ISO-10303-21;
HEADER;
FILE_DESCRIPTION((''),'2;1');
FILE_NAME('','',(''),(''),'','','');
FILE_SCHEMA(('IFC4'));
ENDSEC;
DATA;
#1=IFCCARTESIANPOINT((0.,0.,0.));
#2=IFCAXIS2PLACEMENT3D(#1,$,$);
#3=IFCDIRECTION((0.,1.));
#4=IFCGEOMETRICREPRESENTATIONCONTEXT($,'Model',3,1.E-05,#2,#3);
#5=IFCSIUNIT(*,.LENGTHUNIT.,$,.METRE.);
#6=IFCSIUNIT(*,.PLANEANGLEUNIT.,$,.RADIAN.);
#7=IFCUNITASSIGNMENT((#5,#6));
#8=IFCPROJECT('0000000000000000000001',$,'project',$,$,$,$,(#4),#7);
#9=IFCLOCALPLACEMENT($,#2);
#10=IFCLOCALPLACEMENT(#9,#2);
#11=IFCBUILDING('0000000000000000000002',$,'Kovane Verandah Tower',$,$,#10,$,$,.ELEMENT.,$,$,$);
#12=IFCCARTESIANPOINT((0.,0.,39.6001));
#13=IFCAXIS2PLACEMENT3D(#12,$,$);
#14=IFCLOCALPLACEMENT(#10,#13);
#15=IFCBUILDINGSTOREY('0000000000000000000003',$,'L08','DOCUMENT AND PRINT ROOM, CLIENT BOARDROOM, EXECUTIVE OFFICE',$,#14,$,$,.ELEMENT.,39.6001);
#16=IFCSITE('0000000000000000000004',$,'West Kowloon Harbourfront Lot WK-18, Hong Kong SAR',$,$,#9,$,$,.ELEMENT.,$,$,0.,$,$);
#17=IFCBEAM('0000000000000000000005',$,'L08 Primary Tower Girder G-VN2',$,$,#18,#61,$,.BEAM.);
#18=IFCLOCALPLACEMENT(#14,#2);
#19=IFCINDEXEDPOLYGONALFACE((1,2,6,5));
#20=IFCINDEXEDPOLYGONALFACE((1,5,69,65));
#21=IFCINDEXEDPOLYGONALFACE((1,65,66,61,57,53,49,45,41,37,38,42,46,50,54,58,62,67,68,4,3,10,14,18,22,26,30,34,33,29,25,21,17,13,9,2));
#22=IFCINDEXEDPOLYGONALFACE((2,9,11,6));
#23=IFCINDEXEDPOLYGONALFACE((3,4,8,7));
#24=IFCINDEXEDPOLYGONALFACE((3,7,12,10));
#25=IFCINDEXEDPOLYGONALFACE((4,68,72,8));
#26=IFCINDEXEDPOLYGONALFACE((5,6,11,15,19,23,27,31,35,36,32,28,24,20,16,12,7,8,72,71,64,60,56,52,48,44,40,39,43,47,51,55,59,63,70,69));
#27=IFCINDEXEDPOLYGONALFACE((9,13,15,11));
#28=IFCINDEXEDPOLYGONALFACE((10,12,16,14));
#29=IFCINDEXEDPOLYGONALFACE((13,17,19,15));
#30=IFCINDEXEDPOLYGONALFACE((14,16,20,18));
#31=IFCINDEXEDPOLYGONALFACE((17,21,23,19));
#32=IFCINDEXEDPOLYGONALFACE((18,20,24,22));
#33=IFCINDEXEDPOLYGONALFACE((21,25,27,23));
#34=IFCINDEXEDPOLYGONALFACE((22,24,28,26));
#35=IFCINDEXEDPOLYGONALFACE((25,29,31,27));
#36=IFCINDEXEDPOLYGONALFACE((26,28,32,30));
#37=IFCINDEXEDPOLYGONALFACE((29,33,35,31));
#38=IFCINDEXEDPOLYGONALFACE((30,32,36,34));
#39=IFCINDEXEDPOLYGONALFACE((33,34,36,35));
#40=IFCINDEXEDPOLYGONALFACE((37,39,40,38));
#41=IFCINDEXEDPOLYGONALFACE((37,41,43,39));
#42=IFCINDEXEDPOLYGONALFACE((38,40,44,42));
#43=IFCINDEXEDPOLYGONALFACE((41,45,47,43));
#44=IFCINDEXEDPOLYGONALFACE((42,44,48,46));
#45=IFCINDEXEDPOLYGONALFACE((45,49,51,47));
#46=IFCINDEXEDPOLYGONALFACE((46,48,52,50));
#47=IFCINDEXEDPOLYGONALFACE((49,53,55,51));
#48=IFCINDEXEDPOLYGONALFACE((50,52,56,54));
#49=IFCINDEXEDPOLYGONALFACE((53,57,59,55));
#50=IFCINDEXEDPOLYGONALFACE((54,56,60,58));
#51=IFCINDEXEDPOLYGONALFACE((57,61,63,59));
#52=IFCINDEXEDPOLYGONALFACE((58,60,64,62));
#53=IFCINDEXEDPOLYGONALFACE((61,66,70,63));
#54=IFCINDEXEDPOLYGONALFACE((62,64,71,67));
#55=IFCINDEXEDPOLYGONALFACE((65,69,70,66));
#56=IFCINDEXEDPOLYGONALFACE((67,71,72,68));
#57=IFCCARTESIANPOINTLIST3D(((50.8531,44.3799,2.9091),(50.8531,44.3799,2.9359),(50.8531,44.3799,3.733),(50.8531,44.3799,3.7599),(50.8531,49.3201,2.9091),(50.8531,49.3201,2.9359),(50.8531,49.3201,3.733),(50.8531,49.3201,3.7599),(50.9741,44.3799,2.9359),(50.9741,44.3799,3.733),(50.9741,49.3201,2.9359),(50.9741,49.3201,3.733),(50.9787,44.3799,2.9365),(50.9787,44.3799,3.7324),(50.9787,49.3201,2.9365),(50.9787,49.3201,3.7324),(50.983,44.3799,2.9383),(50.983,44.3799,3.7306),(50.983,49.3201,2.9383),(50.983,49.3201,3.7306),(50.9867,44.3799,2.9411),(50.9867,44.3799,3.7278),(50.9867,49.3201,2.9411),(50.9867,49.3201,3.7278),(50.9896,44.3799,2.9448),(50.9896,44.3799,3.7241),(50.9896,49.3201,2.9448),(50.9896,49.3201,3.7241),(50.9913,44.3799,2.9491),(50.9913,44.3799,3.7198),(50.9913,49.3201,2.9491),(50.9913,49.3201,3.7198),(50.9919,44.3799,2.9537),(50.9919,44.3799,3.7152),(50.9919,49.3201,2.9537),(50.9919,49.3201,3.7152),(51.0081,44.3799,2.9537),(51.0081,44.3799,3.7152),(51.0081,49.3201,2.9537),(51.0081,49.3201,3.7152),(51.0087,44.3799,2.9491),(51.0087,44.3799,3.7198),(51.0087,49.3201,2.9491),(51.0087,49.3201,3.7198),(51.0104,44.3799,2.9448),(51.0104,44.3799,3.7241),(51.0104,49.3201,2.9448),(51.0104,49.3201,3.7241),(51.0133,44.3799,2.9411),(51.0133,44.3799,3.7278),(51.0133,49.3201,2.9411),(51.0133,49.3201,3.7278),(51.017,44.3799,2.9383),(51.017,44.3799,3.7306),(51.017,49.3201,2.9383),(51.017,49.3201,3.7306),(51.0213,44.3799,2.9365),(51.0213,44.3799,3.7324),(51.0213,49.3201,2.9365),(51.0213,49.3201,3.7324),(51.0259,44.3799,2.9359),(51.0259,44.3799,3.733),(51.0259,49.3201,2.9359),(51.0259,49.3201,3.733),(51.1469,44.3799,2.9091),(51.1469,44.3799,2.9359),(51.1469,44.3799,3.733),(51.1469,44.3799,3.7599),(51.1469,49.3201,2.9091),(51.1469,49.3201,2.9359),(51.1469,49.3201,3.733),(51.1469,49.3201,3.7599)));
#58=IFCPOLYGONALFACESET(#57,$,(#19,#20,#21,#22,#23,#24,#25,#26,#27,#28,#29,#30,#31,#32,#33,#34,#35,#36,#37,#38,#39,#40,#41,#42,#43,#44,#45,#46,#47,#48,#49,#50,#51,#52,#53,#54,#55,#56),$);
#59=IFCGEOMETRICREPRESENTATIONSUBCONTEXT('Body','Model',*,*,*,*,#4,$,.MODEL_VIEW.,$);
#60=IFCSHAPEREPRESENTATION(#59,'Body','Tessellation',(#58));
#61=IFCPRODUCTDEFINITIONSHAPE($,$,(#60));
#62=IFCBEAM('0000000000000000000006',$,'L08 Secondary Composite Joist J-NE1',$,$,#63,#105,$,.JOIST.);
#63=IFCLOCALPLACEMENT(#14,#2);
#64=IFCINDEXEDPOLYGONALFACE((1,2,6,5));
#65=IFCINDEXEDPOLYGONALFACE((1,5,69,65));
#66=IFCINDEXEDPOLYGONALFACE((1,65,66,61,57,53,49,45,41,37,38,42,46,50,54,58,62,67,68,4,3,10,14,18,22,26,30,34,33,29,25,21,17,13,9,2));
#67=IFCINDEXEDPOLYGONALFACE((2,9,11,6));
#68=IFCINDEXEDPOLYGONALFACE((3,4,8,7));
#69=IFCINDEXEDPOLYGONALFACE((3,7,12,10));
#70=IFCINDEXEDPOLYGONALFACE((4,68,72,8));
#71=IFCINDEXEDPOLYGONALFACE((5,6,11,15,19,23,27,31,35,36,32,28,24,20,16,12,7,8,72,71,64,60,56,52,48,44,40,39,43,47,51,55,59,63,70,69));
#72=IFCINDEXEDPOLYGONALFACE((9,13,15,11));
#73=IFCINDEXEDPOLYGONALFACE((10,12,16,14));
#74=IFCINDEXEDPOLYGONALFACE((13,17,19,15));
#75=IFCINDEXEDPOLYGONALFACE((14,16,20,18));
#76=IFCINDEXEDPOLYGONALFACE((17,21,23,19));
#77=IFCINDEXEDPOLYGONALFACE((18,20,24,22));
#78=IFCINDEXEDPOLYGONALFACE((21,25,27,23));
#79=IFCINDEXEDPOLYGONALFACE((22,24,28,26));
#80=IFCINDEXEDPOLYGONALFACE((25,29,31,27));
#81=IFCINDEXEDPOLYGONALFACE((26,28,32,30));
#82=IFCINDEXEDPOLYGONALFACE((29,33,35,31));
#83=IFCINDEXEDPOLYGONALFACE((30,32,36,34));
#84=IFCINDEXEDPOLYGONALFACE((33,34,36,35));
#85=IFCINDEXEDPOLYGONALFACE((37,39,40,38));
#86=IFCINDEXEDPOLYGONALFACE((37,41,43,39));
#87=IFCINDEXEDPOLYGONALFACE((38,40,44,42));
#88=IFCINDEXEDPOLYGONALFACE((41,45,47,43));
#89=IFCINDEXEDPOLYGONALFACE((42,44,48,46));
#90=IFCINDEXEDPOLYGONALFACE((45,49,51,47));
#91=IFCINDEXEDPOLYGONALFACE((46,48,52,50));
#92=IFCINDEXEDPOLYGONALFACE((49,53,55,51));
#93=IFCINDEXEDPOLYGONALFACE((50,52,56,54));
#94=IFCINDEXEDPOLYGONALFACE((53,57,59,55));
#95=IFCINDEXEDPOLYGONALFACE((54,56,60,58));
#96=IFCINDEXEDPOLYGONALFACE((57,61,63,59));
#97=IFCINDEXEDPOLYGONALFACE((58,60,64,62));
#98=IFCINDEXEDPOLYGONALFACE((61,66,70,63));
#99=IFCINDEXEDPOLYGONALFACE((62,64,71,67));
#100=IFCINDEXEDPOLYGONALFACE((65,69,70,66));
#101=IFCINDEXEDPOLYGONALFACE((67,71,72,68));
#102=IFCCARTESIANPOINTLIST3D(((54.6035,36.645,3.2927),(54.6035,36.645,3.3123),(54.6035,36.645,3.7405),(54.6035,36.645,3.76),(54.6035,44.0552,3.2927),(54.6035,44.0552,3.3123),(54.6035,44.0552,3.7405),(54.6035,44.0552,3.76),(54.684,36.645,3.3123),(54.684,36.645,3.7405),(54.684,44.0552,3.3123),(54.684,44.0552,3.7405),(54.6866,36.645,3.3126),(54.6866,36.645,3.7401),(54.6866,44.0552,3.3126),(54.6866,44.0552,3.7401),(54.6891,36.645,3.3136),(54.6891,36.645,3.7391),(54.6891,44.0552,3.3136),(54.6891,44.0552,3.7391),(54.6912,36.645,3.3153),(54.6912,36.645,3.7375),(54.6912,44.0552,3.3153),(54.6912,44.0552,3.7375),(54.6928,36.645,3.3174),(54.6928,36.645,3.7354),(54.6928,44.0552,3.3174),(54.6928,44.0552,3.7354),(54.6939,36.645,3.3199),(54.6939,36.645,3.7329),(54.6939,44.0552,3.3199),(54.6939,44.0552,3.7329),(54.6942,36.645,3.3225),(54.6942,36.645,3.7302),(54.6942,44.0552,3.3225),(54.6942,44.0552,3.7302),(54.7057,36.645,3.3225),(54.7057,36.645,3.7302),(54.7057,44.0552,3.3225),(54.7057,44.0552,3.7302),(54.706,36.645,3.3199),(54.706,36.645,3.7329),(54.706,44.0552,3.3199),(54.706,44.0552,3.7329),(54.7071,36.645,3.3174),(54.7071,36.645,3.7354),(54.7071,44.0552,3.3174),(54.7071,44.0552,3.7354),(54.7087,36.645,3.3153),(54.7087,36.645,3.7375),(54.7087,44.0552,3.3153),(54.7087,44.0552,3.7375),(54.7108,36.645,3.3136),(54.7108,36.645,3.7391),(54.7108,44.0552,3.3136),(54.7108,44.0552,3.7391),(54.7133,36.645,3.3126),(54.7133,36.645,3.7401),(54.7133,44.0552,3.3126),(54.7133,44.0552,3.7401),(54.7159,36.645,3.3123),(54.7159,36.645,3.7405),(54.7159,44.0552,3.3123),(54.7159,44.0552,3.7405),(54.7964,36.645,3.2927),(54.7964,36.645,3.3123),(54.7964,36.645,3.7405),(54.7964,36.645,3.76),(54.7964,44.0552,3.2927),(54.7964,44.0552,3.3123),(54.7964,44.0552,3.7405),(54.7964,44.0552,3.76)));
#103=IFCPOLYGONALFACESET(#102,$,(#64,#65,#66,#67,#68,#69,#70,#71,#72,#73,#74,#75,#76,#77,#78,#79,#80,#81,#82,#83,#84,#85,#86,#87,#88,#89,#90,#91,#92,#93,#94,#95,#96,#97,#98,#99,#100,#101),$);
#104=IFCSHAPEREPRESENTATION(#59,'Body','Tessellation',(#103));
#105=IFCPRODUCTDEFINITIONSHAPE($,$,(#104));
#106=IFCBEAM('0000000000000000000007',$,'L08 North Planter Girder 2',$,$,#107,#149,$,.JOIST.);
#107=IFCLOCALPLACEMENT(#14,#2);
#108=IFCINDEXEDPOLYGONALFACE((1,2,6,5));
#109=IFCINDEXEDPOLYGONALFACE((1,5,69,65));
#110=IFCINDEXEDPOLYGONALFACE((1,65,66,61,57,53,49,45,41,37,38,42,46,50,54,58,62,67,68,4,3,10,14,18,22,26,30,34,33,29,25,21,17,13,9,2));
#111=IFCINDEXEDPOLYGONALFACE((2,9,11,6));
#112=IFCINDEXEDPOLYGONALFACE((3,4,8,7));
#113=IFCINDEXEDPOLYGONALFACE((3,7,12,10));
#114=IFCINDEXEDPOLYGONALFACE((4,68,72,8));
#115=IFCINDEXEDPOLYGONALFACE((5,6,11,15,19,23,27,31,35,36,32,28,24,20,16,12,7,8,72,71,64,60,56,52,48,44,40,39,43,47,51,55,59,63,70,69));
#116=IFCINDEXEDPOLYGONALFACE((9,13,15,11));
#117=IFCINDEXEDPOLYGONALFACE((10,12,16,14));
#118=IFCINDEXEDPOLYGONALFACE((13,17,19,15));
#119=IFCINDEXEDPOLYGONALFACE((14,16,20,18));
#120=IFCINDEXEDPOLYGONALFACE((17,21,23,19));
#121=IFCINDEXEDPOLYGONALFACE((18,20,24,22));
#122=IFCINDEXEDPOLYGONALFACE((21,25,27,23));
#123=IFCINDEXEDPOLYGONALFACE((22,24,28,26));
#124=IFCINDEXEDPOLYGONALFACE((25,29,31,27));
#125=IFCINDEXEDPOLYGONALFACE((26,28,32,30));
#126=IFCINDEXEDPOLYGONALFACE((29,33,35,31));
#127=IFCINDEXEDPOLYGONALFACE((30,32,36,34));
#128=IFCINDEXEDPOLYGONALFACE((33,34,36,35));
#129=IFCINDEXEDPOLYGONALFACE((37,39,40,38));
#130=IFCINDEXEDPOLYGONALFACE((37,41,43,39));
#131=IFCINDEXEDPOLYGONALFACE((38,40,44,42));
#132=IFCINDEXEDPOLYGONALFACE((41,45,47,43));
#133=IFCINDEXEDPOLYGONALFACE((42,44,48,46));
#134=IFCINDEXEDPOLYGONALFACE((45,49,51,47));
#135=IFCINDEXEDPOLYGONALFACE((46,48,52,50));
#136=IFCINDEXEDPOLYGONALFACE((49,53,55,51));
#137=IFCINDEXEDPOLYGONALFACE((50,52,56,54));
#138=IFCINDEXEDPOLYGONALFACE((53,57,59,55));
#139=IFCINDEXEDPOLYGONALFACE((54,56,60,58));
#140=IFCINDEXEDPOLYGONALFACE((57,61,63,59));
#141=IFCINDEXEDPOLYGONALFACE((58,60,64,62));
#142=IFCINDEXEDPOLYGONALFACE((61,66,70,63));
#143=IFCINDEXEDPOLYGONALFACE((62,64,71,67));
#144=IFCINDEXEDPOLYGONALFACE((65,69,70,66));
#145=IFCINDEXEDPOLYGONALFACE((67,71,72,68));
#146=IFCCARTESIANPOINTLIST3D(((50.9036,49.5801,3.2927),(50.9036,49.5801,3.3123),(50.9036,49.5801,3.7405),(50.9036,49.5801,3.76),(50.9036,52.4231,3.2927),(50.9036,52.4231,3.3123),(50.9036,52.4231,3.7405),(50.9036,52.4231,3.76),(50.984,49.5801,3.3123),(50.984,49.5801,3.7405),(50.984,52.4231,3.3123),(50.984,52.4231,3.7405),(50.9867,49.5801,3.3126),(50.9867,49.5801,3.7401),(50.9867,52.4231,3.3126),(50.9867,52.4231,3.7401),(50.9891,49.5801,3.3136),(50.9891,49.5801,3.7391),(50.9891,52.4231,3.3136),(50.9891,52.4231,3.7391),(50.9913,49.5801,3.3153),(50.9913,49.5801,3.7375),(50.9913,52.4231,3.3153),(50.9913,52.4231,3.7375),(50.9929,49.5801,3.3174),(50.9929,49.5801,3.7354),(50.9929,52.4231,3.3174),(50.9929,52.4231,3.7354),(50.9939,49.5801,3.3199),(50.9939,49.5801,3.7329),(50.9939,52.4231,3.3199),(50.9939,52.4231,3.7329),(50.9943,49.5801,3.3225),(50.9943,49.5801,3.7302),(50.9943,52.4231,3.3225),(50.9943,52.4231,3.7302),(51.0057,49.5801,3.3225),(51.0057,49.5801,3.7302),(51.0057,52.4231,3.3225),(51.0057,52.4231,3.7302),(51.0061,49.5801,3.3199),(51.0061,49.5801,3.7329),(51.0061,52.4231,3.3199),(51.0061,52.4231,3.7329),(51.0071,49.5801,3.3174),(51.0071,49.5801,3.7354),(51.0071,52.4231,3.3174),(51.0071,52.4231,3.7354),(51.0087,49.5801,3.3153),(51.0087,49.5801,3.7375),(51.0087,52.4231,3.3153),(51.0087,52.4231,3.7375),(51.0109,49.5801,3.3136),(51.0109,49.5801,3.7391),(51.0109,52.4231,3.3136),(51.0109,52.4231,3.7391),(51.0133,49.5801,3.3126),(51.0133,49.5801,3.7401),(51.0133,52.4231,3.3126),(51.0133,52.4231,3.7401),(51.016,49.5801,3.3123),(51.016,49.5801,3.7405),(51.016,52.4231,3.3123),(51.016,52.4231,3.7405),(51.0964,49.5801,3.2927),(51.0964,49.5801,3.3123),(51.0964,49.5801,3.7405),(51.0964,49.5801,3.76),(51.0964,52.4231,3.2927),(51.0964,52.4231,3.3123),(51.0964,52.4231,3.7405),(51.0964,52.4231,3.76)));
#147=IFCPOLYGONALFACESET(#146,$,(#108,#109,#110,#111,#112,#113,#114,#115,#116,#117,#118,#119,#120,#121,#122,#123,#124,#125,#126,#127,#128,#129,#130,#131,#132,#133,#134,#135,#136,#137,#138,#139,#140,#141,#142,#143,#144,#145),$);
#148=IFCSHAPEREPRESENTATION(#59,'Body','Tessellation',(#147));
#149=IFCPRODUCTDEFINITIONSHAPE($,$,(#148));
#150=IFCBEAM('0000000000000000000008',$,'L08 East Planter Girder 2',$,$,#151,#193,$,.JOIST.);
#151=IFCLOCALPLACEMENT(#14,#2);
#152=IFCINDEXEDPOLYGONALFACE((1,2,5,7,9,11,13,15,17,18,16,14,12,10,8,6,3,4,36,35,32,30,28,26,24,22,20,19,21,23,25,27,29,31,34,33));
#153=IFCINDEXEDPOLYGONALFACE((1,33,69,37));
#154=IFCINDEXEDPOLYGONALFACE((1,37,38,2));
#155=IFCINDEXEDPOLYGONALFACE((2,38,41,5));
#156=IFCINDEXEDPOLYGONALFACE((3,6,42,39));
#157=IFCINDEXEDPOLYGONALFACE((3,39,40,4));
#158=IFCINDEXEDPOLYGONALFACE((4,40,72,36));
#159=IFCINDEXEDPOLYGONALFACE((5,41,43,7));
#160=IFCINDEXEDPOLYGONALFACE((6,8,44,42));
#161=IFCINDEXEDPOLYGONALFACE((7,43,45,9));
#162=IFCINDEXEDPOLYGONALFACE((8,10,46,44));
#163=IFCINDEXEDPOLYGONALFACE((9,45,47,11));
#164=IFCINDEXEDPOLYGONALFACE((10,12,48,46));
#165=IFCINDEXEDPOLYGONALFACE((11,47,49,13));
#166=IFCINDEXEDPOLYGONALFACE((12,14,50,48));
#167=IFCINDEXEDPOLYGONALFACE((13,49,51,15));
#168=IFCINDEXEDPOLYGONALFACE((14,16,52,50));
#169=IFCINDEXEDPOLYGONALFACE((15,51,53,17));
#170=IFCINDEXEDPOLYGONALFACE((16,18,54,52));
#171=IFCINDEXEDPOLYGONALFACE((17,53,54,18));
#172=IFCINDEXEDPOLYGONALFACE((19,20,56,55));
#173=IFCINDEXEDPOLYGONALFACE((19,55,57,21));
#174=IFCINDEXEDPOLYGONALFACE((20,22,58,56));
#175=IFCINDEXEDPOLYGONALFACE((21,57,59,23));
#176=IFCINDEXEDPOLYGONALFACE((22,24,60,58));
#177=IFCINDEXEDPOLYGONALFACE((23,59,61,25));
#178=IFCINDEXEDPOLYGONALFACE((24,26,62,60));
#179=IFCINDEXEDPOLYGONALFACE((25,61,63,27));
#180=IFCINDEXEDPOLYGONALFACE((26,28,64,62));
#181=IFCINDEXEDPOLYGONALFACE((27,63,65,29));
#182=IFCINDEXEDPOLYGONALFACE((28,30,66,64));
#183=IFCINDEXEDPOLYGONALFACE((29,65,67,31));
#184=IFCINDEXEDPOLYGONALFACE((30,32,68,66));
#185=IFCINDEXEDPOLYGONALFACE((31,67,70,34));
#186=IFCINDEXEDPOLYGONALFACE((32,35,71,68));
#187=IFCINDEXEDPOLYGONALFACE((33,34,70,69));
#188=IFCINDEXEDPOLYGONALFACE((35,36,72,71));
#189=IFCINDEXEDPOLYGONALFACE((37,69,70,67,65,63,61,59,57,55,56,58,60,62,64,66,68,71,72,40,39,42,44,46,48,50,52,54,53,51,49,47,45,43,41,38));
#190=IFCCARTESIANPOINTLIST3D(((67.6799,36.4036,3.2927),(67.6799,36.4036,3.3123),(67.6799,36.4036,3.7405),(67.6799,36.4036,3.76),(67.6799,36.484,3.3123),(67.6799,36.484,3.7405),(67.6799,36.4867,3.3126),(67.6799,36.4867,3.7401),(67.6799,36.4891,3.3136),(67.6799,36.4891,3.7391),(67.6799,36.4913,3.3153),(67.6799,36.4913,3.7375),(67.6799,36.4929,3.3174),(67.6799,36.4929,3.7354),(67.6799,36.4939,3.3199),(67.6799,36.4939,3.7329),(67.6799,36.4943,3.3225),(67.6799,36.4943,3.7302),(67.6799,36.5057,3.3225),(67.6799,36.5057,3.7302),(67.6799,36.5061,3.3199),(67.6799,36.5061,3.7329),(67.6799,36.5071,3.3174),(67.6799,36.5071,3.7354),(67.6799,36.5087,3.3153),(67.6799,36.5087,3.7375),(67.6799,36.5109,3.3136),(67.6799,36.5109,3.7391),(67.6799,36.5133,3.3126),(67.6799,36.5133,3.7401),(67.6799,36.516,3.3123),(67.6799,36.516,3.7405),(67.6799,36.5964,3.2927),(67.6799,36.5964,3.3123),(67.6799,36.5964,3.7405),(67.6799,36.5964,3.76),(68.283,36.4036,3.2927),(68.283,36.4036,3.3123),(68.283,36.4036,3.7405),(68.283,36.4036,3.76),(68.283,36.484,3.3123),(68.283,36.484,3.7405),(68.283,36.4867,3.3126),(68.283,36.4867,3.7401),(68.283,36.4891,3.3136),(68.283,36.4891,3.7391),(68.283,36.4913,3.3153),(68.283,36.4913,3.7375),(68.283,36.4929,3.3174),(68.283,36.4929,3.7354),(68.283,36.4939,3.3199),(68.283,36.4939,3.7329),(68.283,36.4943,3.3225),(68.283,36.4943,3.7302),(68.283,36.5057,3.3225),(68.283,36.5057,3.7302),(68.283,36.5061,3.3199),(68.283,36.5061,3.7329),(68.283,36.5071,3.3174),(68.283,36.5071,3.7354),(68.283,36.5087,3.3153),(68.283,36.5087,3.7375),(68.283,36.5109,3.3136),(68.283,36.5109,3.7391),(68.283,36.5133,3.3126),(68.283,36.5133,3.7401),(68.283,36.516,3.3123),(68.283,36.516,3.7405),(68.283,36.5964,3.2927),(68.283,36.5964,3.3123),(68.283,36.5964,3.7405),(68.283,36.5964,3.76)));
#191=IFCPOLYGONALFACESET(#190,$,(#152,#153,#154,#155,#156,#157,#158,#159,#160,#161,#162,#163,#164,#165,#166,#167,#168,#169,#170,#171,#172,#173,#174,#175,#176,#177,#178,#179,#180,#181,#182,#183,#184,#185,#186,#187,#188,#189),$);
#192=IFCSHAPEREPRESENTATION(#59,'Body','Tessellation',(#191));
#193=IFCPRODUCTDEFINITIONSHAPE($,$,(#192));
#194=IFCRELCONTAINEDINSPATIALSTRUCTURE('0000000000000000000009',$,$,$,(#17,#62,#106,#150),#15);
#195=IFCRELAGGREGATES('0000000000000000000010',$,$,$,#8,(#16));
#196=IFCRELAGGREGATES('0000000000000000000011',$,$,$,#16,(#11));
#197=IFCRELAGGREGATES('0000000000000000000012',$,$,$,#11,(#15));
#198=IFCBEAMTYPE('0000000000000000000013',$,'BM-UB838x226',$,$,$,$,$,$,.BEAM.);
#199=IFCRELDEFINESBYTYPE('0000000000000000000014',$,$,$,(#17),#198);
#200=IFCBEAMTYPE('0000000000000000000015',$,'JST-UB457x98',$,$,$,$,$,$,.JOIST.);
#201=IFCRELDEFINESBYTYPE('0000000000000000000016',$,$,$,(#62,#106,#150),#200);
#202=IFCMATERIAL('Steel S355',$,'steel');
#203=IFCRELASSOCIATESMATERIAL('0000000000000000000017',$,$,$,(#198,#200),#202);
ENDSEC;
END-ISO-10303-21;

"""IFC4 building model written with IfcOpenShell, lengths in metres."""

from ifc_helpers import new_model, si_unit, direction, frame, origin, origin_2d, place, context, subcontext, project, spatial, i_section, extrude, material, material_profile, profile_set, type_object, element, save


model = new_model("IFC4")

# Units and contexts
model_context = context("Model", 3, precision=1e-05, world=origin(), true_north=direction((0.0, 1.0)))
body_context = subcontext(model_context, "Body", "Model", "MODEL_VIEW")
ifc_project = project(units=[si_unit("LENGTHUNIT", "METRE"), si_unit("PLANEANGLEUNIT", "RADIAN")], contexts=[model_context])

# Site, building, storey
site_placement = place(None, origin())
site = spatial("IfcSite", under=ifc_project, at=site_placement, Name="West Kowloon Harbourfront Lot WK-18, Hong Kong SAR", CompositionType="ELEMENT", RefElevation=0.0)
building_placement = place(site_placement, origin())
building = spatial("IfcBuilding", under=site, at=building_placement, Name="Kovane Verandah Tower", CompositionType="ELEMENT")
storey_placement = place(building_placement, frame((0.0, 0.0, 39.6001)))
storey = spatial("IfcBuildingStorey", under=building, at=storey_placement, Name="L08", Description="DOCUMENT AND PRINT ROOM, CLIENT BOARDROOM, EXECUTIVE OFFICE", CompositionType="ELEMENT", Elevation=39.6001)

# Beams
ifc_material_1 = material(Name="Steel S355", Category="steel")
ifc_material_profile_1 = material_profile(ifc_material_1, i_section(OverallWidth=0.2937, OverallDepth=0.8508, WebThickness=0.0161, FlangeThickness=0.0269, FilletRadius=0.0178, at=origin_2d()), Name="UB838x292x226")
ifc_profile_set_1 = profile_set([ifc_material_profile_1], Name="Steel S355")
beam_type_1 = type_object("IfcBeamType", Name="BM-UB838x226", PredefinedType="BEAM", material=ifc_profile_set_1)
beam_1_placement = place(storey_placement, frame((51.0, 44.3799, 3.3345), z_axis=(0.0, 1.0, 0.0), x_axis=(-1.0, 0.0, 0.0)))
element("IfcBeam", 1, at=beam_1_placement, inside=storey, type_object=beam_type_1, Name="L08 Primary Tower Girder G-VN2", PredefinedType="BEAM", context=body_context, shape_type="SweptSolid", body=[
    extrude(i_section(OverallWidth=0.2937, OverallDepth=0.8508, WebThickness=0.0161, FlangeThickness=0.0269, FilletRadius=0.0178, at=origin_2d()), origin(), (0.0, 0.0, 1.0), 4.9402),
])
ifc_material_profile_2 = material_profile(ifc_material_1, i_section(OverallWidth=0.1929, OverallDepth=0.4673, WebThickness=0.0115, FlangeThickness=0.0195, FilletRadius=0.0103, at=origin_2d()), Name="UB457x191x98")
ifc_profile_set_2 = profile_set([ifc_material_profile_2], Name="Steel S355")
beam_type_2 = type_object("IfcBeamType", Name="JST-UB457x98", PredefinedType="JOIST", material=ifc_profile_set_2)
beam_2_placement = place(storey_placement, frame((54.7, 36.645, 3.5264), z_axis=(0.0, 1.0, 0.0), x_axis=(-1.0, 0.0, 0.0)))
element("IfcBeam", 2, at=beam_2_placement, inside=storey, type_object=beam_type_2, Name="L08 Secondary Composite Joist J-NE1", PredefinedType="JOIST", context=body_context, shape_type="SweptSolid", body=[
    extrude(i_section(OverallWidth=0.1929, OverallDepth=0.4673, WebThickness=0.0115, FlangeThickness=0.0195, FilletRadius=0.0103, at=origin_2d()), origin(), (0.0, 0.0, 1.0), 7.4102),
])
beam_3_placement = place(storey_placement, frame((51.0, 49.5801, 3.5264), z_axis=(0.0, 1.0, 0.0), x_axis=(-1.0, 0.0, 0.0)))
element("IfcBeam", 3, at=beam_3_placement, inside=storey, type_object=beam_type_2, Name="L08 North Planter Girder 2", PredefinedType="JOIST", context=body_context, shape_type="SweptSolid", body=[
    extrude(i_section(OverallWidth=0.1929, OverallDepth=0.4673, WebThickness=0.0115, FlangeThickness=0.0195, FilletRadius=0.0103, at=origin_2d()), origin(), (0.0, 0.0, 1.0), 2.843),
])
beam_4_placement = place(storey_placement, frame((67.6799, 36.5, 3.5264), z_axis=(1.0, 0.0, 0.0), x_axis=(0.0, 1.0, 0.0)))
element("IfcBeam", 4, at=beam_4_placement, inside=storey, type_object=beam_type_2, Name="L08 East Planter Girder 2", PredefinedType="JOIST", context=body_context, shape_type="SweptSolid", body=[
    extrude(i_section(OverallWidth=0.1929, OverallDepth=0.4673, WebThickness=0.0115, FlangeThickness=0.0195, FilletRadius=0.0103, at=origin_2d()), origin(), (0.0, 0.0, 1.0), 0.603),
])

save(model, "model.ifc")
